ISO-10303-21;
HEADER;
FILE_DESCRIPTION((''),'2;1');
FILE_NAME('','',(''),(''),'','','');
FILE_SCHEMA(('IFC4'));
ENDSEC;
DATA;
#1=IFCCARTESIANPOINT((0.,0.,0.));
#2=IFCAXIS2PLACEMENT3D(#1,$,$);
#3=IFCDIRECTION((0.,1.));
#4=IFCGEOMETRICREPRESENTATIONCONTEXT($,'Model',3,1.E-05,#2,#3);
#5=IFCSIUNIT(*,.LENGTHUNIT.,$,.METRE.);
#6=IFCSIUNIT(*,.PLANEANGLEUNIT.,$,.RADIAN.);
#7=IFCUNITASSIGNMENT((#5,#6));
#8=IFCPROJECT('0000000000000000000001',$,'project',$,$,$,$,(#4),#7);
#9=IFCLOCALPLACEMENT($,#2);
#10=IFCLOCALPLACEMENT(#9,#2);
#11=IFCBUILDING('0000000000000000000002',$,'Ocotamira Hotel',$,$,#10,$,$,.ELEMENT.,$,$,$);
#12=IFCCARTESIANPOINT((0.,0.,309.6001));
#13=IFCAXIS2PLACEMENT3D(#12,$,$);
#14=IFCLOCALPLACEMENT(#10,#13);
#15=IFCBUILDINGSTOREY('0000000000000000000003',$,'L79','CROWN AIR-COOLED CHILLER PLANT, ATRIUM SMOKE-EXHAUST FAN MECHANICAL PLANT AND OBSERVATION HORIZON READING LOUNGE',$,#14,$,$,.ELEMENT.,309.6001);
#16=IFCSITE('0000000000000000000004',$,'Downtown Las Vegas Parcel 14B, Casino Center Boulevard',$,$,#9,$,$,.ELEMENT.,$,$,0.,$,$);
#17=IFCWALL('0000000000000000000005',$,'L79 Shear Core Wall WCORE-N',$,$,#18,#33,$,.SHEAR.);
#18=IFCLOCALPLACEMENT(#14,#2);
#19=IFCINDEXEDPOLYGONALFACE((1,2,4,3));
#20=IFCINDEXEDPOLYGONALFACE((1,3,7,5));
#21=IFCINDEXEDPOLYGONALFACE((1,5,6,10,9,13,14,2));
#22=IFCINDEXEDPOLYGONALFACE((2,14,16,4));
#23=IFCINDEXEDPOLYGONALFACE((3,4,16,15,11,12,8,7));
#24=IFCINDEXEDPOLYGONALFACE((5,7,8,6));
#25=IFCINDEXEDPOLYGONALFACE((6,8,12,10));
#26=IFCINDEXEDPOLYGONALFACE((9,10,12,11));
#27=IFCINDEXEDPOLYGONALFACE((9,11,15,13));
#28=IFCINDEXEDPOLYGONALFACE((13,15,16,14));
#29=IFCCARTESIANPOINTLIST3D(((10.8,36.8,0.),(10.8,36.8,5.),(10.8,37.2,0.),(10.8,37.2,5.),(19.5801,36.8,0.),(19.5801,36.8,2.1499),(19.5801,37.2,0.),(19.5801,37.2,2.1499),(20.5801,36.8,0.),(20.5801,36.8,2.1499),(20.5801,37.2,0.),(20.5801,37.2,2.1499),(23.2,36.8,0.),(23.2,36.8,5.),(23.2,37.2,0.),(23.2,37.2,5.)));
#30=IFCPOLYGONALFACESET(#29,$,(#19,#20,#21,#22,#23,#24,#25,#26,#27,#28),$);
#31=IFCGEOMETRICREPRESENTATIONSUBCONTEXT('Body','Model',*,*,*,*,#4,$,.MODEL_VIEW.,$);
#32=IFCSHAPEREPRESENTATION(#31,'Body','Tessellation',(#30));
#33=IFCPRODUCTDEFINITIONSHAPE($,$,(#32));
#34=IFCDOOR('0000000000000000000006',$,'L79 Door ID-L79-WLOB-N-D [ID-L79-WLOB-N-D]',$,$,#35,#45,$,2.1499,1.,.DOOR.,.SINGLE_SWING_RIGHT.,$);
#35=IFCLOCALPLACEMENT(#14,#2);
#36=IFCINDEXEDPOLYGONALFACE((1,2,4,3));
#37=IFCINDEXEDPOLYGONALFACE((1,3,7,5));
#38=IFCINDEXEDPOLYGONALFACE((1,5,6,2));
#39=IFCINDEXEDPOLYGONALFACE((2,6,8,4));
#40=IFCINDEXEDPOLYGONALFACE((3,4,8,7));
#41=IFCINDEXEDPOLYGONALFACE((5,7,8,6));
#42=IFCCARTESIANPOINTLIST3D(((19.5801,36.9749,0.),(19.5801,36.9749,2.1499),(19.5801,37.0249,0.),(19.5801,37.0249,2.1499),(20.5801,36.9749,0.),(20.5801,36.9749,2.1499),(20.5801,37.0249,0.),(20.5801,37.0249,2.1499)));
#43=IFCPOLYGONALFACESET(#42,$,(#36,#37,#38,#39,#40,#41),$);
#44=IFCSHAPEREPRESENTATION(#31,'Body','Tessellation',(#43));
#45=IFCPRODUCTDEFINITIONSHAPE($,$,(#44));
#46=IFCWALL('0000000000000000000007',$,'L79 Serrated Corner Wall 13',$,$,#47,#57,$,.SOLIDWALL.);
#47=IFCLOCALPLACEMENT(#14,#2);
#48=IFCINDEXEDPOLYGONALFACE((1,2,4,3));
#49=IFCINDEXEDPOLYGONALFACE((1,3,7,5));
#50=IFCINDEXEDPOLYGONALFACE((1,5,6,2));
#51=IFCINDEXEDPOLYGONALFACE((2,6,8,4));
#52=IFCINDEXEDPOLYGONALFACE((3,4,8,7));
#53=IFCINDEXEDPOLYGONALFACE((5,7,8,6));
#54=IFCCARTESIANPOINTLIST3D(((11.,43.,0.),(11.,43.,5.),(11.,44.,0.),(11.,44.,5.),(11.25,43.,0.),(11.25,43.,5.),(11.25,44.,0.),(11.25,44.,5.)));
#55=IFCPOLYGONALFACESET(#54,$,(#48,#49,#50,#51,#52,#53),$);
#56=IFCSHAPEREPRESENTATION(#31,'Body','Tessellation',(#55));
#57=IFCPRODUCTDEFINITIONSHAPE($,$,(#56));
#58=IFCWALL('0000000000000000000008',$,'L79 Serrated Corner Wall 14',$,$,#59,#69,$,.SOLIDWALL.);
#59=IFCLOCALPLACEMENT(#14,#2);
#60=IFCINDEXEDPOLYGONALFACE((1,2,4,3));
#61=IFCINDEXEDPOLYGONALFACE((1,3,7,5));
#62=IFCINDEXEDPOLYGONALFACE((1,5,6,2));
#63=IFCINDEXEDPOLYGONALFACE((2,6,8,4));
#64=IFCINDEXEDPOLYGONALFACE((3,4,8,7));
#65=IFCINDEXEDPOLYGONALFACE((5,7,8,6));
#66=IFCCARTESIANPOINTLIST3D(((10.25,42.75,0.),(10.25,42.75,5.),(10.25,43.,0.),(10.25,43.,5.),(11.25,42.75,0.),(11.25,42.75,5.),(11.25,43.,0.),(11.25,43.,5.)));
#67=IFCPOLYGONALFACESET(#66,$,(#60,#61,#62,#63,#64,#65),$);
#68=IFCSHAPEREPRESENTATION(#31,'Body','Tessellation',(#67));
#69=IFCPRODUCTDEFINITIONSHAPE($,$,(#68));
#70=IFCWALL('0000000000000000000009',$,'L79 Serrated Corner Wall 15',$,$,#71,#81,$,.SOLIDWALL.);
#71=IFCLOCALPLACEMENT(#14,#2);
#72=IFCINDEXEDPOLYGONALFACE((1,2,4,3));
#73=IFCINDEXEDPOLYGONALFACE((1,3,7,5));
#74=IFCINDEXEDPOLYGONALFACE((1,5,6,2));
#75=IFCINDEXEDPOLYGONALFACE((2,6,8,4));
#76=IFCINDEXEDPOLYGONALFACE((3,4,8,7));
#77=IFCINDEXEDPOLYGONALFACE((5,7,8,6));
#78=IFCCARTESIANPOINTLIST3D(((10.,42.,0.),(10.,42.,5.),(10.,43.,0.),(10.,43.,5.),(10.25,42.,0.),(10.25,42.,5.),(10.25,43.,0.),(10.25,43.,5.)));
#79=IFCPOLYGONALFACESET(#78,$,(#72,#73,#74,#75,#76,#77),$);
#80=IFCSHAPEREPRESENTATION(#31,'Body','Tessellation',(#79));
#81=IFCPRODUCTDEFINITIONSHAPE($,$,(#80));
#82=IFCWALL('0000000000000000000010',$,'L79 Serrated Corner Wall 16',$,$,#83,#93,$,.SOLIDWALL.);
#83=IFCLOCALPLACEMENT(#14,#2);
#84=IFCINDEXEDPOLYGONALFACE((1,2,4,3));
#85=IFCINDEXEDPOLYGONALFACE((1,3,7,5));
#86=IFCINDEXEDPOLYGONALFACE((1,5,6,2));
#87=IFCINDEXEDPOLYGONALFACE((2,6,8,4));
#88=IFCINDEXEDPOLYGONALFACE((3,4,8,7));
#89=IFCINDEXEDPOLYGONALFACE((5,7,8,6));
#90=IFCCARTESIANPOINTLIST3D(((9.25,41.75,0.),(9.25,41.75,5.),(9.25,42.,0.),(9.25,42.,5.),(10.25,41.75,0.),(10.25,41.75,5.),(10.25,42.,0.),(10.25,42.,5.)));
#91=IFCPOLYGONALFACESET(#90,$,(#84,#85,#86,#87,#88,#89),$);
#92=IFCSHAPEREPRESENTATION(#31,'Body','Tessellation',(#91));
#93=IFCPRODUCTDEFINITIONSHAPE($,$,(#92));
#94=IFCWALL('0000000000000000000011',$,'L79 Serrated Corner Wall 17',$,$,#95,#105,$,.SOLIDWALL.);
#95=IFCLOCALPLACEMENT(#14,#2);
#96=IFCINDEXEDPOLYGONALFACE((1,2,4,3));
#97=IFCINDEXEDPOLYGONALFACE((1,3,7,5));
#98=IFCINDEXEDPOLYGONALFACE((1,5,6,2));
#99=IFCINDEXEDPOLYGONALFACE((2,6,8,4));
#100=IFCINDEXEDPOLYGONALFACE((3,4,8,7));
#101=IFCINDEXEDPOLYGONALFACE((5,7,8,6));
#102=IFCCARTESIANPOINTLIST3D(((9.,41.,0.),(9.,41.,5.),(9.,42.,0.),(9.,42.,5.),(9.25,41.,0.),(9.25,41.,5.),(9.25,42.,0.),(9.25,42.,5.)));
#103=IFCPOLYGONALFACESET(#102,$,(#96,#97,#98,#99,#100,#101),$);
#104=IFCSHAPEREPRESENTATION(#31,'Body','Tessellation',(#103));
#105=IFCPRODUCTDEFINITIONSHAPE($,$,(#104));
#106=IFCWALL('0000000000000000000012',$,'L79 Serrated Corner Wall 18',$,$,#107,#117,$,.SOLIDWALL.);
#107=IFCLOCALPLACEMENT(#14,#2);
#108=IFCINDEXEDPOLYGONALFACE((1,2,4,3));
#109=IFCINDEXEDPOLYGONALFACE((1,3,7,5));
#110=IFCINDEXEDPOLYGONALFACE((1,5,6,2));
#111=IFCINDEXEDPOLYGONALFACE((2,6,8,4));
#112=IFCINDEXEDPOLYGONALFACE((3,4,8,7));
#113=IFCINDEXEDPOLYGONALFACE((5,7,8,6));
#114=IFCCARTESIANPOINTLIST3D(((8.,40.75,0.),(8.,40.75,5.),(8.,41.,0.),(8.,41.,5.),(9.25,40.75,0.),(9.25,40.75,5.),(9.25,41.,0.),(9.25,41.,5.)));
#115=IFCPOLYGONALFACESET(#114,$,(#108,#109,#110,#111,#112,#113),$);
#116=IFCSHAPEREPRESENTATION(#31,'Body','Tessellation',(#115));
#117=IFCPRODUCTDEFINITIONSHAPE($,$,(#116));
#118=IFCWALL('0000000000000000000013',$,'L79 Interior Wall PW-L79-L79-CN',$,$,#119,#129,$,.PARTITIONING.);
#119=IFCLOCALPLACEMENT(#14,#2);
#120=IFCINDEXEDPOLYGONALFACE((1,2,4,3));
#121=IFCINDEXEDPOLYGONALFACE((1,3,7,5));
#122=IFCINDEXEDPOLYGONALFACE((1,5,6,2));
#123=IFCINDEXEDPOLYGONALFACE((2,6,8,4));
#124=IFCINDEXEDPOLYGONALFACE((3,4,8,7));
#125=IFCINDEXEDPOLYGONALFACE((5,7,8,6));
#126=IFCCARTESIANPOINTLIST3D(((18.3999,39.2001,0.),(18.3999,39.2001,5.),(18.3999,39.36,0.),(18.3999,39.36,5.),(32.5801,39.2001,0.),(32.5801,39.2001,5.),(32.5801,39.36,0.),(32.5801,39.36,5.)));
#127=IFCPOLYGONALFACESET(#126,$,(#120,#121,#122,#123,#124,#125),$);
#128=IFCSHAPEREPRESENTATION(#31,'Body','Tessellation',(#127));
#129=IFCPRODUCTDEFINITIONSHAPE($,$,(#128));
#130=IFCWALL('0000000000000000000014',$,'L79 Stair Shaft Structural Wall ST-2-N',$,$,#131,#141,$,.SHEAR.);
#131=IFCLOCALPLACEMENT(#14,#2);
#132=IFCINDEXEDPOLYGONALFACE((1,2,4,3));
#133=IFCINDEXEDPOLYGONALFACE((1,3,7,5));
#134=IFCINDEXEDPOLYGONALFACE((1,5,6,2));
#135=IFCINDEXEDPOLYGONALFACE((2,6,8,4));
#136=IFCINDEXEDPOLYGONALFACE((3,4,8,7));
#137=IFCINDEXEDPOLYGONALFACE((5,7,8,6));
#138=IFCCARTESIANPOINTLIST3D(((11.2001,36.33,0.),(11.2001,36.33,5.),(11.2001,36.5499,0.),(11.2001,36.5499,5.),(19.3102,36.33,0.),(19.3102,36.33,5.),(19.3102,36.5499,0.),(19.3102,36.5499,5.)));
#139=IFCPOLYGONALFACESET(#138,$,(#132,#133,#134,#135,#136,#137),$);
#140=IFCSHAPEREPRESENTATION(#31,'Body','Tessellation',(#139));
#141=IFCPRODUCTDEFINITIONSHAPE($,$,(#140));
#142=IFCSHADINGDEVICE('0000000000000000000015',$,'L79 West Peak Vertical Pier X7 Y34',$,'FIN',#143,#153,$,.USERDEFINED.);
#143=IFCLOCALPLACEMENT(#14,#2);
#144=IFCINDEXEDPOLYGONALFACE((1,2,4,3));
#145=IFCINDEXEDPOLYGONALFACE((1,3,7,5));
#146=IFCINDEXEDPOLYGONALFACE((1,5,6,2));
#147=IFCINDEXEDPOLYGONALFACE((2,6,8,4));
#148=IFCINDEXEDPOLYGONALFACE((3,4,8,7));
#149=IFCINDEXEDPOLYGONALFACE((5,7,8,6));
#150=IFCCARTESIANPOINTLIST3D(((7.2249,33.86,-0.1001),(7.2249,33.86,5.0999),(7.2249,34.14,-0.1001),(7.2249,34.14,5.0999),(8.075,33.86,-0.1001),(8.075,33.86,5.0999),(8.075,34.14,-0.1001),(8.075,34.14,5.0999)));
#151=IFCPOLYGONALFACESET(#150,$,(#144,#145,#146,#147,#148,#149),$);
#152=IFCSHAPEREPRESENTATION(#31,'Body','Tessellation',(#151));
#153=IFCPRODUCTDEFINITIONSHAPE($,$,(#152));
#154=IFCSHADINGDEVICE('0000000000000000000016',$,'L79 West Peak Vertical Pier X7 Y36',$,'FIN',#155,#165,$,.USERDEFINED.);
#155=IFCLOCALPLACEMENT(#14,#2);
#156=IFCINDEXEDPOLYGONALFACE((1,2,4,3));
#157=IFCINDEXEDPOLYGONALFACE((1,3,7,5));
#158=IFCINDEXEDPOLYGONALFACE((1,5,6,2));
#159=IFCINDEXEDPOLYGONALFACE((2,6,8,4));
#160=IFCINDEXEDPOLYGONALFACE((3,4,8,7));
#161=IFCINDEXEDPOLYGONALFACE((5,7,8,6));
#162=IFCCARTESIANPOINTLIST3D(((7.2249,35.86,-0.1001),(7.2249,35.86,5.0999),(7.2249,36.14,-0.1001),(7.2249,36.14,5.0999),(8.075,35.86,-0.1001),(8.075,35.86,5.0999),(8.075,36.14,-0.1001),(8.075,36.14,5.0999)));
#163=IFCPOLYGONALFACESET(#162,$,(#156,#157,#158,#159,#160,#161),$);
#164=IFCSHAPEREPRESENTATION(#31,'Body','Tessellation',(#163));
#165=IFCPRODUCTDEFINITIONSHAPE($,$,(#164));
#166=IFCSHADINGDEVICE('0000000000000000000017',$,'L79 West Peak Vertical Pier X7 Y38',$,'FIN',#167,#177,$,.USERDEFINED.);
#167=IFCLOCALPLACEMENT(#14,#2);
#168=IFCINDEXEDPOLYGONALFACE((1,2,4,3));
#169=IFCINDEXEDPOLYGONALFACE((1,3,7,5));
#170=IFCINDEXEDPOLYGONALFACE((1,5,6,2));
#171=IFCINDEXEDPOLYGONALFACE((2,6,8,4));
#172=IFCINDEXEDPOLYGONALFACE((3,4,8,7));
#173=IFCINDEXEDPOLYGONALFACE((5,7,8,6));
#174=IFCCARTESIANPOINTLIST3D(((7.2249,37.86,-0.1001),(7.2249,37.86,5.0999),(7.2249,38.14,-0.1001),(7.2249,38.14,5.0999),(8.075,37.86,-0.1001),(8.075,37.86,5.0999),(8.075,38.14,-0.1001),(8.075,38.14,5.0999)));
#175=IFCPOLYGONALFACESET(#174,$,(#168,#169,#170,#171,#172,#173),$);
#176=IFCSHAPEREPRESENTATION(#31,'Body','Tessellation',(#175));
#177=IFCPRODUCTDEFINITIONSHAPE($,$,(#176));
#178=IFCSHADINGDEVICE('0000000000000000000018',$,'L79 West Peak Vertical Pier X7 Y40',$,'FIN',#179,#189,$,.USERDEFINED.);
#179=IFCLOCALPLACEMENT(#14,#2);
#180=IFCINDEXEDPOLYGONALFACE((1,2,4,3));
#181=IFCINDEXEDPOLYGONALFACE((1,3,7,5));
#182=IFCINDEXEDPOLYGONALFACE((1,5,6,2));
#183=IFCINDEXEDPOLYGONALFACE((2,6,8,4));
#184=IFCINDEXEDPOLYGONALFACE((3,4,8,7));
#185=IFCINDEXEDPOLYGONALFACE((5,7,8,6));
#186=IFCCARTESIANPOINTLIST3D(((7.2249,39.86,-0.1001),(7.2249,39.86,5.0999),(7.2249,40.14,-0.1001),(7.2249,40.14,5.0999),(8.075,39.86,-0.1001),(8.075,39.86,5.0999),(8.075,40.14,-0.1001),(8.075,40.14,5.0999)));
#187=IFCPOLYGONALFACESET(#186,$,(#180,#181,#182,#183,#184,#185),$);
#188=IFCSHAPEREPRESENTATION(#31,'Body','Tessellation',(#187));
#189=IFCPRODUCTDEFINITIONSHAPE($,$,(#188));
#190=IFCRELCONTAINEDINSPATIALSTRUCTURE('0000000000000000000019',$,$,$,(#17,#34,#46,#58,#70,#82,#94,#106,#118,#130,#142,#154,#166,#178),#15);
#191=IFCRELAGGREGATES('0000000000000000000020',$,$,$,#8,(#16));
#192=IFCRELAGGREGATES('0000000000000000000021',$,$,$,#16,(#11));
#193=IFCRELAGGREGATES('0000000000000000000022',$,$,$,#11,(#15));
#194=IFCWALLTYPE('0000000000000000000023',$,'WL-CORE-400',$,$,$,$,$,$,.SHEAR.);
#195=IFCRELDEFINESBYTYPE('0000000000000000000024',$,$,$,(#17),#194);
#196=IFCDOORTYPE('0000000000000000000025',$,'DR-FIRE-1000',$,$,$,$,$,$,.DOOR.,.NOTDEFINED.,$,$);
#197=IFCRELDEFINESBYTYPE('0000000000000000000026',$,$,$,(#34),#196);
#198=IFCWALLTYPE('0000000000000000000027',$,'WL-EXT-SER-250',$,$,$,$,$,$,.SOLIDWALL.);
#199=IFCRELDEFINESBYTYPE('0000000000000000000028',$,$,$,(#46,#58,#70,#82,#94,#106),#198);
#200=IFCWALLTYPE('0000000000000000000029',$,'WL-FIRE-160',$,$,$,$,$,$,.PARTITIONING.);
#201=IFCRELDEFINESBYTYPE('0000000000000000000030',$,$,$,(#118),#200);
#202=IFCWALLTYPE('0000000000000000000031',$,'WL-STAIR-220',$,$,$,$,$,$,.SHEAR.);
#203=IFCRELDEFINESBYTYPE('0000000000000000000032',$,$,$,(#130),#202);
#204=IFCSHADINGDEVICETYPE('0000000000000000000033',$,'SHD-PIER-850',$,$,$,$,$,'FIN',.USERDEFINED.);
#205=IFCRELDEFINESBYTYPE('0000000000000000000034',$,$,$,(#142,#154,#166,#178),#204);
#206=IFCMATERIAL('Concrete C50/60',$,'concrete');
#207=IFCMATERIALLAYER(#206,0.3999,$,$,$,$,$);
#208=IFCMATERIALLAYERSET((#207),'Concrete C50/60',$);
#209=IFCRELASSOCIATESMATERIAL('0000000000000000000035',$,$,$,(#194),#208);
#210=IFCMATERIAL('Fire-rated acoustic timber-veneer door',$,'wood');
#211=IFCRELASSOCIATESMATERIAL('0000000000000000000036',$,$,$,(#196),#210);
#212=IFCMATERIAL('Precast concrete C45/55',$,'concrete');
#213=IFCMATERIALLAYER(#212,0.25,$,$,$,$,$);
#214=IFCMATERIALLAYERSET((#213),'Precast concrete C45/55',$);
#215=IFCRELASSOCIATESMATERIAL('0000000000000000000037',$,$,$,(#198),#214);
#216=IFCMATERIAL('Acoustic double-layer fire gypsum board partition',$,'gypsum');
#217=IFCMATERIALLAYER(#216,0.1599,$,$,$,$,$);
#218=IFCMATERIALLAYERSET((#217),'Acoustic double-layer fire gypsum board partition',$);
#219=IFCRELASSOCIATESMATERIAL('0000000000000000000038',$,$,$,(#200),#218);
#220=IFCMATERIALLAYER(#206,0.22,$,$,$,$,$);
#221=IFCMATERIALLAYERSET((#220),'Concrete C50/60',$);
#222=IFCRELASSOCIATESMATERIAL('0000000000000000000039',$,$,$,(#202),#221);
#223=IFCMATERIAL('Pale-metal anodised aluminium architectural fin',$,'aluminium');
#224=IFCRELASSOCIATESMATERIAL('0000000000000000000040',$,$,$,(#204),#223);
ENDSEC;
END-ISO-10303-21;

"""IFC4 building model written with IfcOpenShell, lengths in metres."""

from ifc_helpers import new_model, si_unit, direction, frame, frame_2d, origin, origin_2d, place, context, subcontext, project, spatial, rectangle, extrude, source, transform, mapped, material, layer, layer_set, type_object, element, fill, save


model = new_model("IFC4")

# Units and contexts
model_context = context("Model", 3, precision=1e-05, world=origin(), true_north=direction((0.0, 1.0)))
body_context = subcontext(model_context, "Body", "Model", "MODEL_VIEW")
ifc_project = project(units=[si_unit("LENGTHUNIT", "METRE"), si_unit("PLANEANGLEUNIT", "RADIAN")], contexts=[model_context])

# Site, building, storey
site_placement = place(None, origin())
site = spatial("IfcSite", under=ifc_project, at=site_placement, Name="Downtown Las Vegas Parcel 14B, Casino Center Boulevard", CompositionType="ELEMENT", RefElevation=0.0)
building_placement = place(site_placement, origin())
building = spatial("IfcBuilding", under=site, at=building_placement, Name="Ocotamira Hotel", CompositionType="ELEMENT")
storey_placement = place(building_placement, frame((0.0, 0.0, 309.6001)))
storey = spatial("IfcBuildingStorey", under=building, at=storey_placement, Name="L79", Description="CROWN AIR-COOLED CHILLER PLANT, ATRIUM SMOKE-EXHAUST FAN MECHANICAL PLANT AND OBSERVATION HORIZON READING LOUNGE", CompositionType="ELEMENT", Elevation=309.6001)

# Wall, opening, door
ifc_material_1 = material(Name="Concrete C50/60", Category="concrete")
ifc_layer_1 = layer(ifc_material_1, 0.3999)
ifc_layer_set_1 = layer_set([ifc_layer_1], Name="Concrete C50/60")
wall_type_1 = type_object("IfcWallType", Name="WL-CORE-400", PredefinedType="SHEAR", material=ifc_layer_set_1)
wall_1_placement = place(storey_placement, frame((10.8, 37.0, 0.0), z_axis=(0.0, 0.0, 1.0), x_axis=(1.0, 0.0, 0.0)))
wall_1 = element("IfcWall", 1, at=wall_1_placement, inside=storey, type_object=wall_type_1, Name="L79 Shear Core Wall WCORE-N", PredefinedType="SHEAR", context=body_context, shape_type="SweptSolid", body=[
    extrude(rectangle(XDim=12.3999, YDim=0.3999, at=frame_2d((6.2, 0.0))), origin(), (0.0, 0.0, 1.0), 5.0),
])
opening_placement = place(wall_1_placement, frame((8.78, 0.0, 0.0)))
opening = element("IfcOpeningElement", 2, at=opening_placement, cuts=wall_1, PredefinedType="OPENING", context=body_context, shape_type="SweptSolid", body=[
    extrude(rectangle(XDim=1.0, YDim=2.1499, at=frame_2d((0.5, 1.075))), frame((0.0, 0.21, 0.0), z_axis=(0.0, -1.0, 0.0), x_axis=(1.0, 0.0, 0.0)), (0.0, 0.0, 1.0), 0.4199),
])
ifc_material_2 = material(Name="Fire-rated acoustic timber-veneer door", Category="wood")
door_type = type_object("IfcDoorType", Name="DR-FIRE-1000", OperationType="NOTDEFINED", PredefinedType="DOOR", material=ifc_material_2)
shared_shape_1 = source(origin(), body_context, "Body", "SweptSolid", [
    extrude(rectangle(XDim=1.0, YDim=2.1499, at=frame_2d((0.5, 1.075))), frame((0.0, 0.0249, 0.0), z_axis=(0.0, -1.0, 0.0), x_axis=(1.0, 0.0, 0.0)), (0.0, 0.0, 1.0), 0.05),
])
door_placement = place(opening_placement, origin())
door = element("IfcDoor", 3, at=door_placement, inside=storey, type_object=door_type, Name="L79 Door ID-L79-WLOB-N-D [ID-L79-WLOB-N-D]", OperationType="SINGLE_SWING_RIGHT", OverallHeight=2.1499, OverallWidth=1.0, PredefinedType="DOOR", context=body_context, shape_type="MappedRepresentation", body=[
    mapped(shared_shape_1, transform((0.0, 0.0, 0.0), scale=1.0)),
])
fill(opening, door)

# Walls
ifc_material_3 = material(Name="Precast concrete C45/55", Category="concrete")
ifc_layer_2 = layer(ifc_material_3, 0.25)
ifc_layer_set_2 = layer_set([ifc_layer_2], Name="Precast concrete C45/55")
wall_type_2 = type_object("IfcWallType", Name="WL-EXT-SER-250", PredefinedType="SOLIDWALL", material=ifc_layer_set_2)
for number, where, z_axis, x_axis, name in (
    (4, (11.125, 44.0, 0.0), (0.0, 0.0, 1.0), (0.0, -1.0, 0.0), "L79 Serrated Corner Wall 13"),
    (5, (11.25, 42.875, 0.0), (0.0, 0.0, 1.0), (-1.0, 0.0, 0.0), "L79 Serrated Corner Wall 14"),
    (6, (10.125, 43.0, 0.0), (0.0, 0.0, 1.0), (0.0, -1.0, 0.0), "L79 Serrated Corner Wall 15"),
    (7, (10.25, 41.875, 0.0), (0.0, 0.0, 1.0), (-1.0, 0.0, 0.0), "L79 Serrated Corner Wall 16"),
    (8, (9.125, 42.0, 0.0), (0.0, 0.0, 1.0), (0.0, -1.0, 0.0), "L79 Serrated Corner Wall 17"),
):
    element("IfcWall", number, at=place(storey_placement, frame(where, z_axis=z_axis, x_axis=x_axis)), inside=storey, type_object=wall_type_2, Name=name, PredefinedType="SOLIDWALL", context=body_context, shape_type="SweptSolid", body=[
        extrude(rectangle(XDim=1.0, YDim=0.25, at=frame_2d((0.5, 0.0))), origin(), (0.0, 0.0, 1.0), 5.0),
    ])
wall_2_placement = place(storey_placement, frame((9.25, 40.875, 0.0), z_axis=(0.0, 0.0, 1.0), x_axis=(-1.0, 0.0, 0.0)))
element("IfcWall", 9, at=wall_2_placement, inside=storey, type_object=wall_type_2, Name="L79 Serrated Corner Wall 18", PredefinedType="SOLIDWALL", context=body_context, shape_type="SweptSolid", body=[
    extrude(rectangle(XDim=1.25, YDim=0.25, at=frame_2d((0.625, 0.0))), origin(), (0.0, 0.0, 1.0), 5.0),
])
ifc_material_4 = material(Name="Acoustic double-layer fire gypsum board partition", Category="gypsum")
ifc_layer_3 = layer(ifc_material_4, 0.1599)
ifc_layer_set_3 = layer_set([ifc_layer_3], Name="Acoustic double-layer fire gypsum board partition")
wall_type_3 = type_object("IfcWallType", Name="WL-FIRE-160", PredefinedType="PARTITIONING", material=ifc_layer_set_3)
wall_3_placement = place(storey_placement, frame((18.3999, 39.28, 0.0), z_axis=(0.0, 0.0, 1.0), x_axis=(1.0, 0.0, 0.0)))
element("IfcWall", 10, at=wall_3_placement, inside=storey, type_object=wall_type_3, Name="L79 Interior Wall PW-L79-L79-CN", PredefinedType="PARTITIONING", context=body_context, shape_type="SweptSolid", body=[
    extrude(rectangle(XDim=14.1802, YDim=0.1599, at=frame_2d((7.0901, 0.0))), origin(), (0.0, 0.0, 1.0), 5.0),
])
ifc_layer_4 = layer(ifc_material_1, 0.22)
ifc_layer_set_4 = layer_set([ifc_layer_4], Name="Concrete C50/60")
wall_type_4 = type_object("IfcWallType", Name="WL-STAIR-220", PredefinedType="SHEAR", material=ifc_layer_set_4)
wall_4_placement = place(storey_placement, frame((11.2, 36.4399, 0.0), z_axis=(0.0, 0.0, 1.0), x_axis=(1.0, 0.0, 0.0)))
element("IfcWall", 11, at=wall_4_placement, inside=storey, type_object=wall_type_4, Name="L79 Stair Shaft Structural Wall ST-2-N", PredefinedType="SHEAR", context=body_context, shape_type="SweptSolid", body=[
    extrude(rectangle(XDim=8.1101, YDim=0.22, at=frame_2d((4.0552, 0.0))), origin(), (0.0, 0.0, 1.0), 5.0),
])

# Shading devices
ifc_material_5 = material(Name="Pale-metal anodised aluminium architectural fin", Category="aluminium")
shading_device_type = type_object("IfcShadingDeviceType", Name="SHD-PIER-850", ElementType="FIN", PredefinedType="USERDEFINED", material=ifc_material_5)
shared_shape_2 = source(origin(), body_context, "Body", "SweptSolid", [
    extrude(rectangle(XDim=0.8501, YDim=0.28, at=origin_2d()), origin(), (0.0, 0.0, 1.0), 5.2),
])
for number, where, z_axis, x_axis, name in (
    (12, (7.6499, 34.0, -0.1001), (0.0, 0.0, 1.0), (1.0, 0.0, 0.0), "L79 West Peak Vertical Pier X7 Y34"),
    (13, (7.6499, 36.0, -0.1001), (0.0, 0.0, 1.0), (1.0, 0.0, 0.0), "L79 West Peak Vertical Pier X7 Y36"),
    (14, (7.6499, 38.0, -0.1001), (0.0, 0.0, 1.0), (1.0, 0.0, 0.0), "L79 West Peak Vertical Pier X7 Y38"),
    (15, (7.6499, 40.0, -0.1001), (0.0, 0.0, 1.0), (1.0, 0.0, 0.0), "L79 West Peak Vertical Pier X7 Y40"),
):
    element("IfcShadingDevice", number, at=place(storey_placement, frame(where, z_axis=z_axis, x_axis=x_axis)), inside=storey, type_object=shading_device_type, Name=name, ObjectType="FIN", PredefinedType="USERDEFINED", context=body_context, shape_type="MappedRepresentation", body=[
        mapped(shared_shape_2, transform((0.0, 0.0, 0.0), scale=1.0)),
    ])

save(model, "model.ifc")
